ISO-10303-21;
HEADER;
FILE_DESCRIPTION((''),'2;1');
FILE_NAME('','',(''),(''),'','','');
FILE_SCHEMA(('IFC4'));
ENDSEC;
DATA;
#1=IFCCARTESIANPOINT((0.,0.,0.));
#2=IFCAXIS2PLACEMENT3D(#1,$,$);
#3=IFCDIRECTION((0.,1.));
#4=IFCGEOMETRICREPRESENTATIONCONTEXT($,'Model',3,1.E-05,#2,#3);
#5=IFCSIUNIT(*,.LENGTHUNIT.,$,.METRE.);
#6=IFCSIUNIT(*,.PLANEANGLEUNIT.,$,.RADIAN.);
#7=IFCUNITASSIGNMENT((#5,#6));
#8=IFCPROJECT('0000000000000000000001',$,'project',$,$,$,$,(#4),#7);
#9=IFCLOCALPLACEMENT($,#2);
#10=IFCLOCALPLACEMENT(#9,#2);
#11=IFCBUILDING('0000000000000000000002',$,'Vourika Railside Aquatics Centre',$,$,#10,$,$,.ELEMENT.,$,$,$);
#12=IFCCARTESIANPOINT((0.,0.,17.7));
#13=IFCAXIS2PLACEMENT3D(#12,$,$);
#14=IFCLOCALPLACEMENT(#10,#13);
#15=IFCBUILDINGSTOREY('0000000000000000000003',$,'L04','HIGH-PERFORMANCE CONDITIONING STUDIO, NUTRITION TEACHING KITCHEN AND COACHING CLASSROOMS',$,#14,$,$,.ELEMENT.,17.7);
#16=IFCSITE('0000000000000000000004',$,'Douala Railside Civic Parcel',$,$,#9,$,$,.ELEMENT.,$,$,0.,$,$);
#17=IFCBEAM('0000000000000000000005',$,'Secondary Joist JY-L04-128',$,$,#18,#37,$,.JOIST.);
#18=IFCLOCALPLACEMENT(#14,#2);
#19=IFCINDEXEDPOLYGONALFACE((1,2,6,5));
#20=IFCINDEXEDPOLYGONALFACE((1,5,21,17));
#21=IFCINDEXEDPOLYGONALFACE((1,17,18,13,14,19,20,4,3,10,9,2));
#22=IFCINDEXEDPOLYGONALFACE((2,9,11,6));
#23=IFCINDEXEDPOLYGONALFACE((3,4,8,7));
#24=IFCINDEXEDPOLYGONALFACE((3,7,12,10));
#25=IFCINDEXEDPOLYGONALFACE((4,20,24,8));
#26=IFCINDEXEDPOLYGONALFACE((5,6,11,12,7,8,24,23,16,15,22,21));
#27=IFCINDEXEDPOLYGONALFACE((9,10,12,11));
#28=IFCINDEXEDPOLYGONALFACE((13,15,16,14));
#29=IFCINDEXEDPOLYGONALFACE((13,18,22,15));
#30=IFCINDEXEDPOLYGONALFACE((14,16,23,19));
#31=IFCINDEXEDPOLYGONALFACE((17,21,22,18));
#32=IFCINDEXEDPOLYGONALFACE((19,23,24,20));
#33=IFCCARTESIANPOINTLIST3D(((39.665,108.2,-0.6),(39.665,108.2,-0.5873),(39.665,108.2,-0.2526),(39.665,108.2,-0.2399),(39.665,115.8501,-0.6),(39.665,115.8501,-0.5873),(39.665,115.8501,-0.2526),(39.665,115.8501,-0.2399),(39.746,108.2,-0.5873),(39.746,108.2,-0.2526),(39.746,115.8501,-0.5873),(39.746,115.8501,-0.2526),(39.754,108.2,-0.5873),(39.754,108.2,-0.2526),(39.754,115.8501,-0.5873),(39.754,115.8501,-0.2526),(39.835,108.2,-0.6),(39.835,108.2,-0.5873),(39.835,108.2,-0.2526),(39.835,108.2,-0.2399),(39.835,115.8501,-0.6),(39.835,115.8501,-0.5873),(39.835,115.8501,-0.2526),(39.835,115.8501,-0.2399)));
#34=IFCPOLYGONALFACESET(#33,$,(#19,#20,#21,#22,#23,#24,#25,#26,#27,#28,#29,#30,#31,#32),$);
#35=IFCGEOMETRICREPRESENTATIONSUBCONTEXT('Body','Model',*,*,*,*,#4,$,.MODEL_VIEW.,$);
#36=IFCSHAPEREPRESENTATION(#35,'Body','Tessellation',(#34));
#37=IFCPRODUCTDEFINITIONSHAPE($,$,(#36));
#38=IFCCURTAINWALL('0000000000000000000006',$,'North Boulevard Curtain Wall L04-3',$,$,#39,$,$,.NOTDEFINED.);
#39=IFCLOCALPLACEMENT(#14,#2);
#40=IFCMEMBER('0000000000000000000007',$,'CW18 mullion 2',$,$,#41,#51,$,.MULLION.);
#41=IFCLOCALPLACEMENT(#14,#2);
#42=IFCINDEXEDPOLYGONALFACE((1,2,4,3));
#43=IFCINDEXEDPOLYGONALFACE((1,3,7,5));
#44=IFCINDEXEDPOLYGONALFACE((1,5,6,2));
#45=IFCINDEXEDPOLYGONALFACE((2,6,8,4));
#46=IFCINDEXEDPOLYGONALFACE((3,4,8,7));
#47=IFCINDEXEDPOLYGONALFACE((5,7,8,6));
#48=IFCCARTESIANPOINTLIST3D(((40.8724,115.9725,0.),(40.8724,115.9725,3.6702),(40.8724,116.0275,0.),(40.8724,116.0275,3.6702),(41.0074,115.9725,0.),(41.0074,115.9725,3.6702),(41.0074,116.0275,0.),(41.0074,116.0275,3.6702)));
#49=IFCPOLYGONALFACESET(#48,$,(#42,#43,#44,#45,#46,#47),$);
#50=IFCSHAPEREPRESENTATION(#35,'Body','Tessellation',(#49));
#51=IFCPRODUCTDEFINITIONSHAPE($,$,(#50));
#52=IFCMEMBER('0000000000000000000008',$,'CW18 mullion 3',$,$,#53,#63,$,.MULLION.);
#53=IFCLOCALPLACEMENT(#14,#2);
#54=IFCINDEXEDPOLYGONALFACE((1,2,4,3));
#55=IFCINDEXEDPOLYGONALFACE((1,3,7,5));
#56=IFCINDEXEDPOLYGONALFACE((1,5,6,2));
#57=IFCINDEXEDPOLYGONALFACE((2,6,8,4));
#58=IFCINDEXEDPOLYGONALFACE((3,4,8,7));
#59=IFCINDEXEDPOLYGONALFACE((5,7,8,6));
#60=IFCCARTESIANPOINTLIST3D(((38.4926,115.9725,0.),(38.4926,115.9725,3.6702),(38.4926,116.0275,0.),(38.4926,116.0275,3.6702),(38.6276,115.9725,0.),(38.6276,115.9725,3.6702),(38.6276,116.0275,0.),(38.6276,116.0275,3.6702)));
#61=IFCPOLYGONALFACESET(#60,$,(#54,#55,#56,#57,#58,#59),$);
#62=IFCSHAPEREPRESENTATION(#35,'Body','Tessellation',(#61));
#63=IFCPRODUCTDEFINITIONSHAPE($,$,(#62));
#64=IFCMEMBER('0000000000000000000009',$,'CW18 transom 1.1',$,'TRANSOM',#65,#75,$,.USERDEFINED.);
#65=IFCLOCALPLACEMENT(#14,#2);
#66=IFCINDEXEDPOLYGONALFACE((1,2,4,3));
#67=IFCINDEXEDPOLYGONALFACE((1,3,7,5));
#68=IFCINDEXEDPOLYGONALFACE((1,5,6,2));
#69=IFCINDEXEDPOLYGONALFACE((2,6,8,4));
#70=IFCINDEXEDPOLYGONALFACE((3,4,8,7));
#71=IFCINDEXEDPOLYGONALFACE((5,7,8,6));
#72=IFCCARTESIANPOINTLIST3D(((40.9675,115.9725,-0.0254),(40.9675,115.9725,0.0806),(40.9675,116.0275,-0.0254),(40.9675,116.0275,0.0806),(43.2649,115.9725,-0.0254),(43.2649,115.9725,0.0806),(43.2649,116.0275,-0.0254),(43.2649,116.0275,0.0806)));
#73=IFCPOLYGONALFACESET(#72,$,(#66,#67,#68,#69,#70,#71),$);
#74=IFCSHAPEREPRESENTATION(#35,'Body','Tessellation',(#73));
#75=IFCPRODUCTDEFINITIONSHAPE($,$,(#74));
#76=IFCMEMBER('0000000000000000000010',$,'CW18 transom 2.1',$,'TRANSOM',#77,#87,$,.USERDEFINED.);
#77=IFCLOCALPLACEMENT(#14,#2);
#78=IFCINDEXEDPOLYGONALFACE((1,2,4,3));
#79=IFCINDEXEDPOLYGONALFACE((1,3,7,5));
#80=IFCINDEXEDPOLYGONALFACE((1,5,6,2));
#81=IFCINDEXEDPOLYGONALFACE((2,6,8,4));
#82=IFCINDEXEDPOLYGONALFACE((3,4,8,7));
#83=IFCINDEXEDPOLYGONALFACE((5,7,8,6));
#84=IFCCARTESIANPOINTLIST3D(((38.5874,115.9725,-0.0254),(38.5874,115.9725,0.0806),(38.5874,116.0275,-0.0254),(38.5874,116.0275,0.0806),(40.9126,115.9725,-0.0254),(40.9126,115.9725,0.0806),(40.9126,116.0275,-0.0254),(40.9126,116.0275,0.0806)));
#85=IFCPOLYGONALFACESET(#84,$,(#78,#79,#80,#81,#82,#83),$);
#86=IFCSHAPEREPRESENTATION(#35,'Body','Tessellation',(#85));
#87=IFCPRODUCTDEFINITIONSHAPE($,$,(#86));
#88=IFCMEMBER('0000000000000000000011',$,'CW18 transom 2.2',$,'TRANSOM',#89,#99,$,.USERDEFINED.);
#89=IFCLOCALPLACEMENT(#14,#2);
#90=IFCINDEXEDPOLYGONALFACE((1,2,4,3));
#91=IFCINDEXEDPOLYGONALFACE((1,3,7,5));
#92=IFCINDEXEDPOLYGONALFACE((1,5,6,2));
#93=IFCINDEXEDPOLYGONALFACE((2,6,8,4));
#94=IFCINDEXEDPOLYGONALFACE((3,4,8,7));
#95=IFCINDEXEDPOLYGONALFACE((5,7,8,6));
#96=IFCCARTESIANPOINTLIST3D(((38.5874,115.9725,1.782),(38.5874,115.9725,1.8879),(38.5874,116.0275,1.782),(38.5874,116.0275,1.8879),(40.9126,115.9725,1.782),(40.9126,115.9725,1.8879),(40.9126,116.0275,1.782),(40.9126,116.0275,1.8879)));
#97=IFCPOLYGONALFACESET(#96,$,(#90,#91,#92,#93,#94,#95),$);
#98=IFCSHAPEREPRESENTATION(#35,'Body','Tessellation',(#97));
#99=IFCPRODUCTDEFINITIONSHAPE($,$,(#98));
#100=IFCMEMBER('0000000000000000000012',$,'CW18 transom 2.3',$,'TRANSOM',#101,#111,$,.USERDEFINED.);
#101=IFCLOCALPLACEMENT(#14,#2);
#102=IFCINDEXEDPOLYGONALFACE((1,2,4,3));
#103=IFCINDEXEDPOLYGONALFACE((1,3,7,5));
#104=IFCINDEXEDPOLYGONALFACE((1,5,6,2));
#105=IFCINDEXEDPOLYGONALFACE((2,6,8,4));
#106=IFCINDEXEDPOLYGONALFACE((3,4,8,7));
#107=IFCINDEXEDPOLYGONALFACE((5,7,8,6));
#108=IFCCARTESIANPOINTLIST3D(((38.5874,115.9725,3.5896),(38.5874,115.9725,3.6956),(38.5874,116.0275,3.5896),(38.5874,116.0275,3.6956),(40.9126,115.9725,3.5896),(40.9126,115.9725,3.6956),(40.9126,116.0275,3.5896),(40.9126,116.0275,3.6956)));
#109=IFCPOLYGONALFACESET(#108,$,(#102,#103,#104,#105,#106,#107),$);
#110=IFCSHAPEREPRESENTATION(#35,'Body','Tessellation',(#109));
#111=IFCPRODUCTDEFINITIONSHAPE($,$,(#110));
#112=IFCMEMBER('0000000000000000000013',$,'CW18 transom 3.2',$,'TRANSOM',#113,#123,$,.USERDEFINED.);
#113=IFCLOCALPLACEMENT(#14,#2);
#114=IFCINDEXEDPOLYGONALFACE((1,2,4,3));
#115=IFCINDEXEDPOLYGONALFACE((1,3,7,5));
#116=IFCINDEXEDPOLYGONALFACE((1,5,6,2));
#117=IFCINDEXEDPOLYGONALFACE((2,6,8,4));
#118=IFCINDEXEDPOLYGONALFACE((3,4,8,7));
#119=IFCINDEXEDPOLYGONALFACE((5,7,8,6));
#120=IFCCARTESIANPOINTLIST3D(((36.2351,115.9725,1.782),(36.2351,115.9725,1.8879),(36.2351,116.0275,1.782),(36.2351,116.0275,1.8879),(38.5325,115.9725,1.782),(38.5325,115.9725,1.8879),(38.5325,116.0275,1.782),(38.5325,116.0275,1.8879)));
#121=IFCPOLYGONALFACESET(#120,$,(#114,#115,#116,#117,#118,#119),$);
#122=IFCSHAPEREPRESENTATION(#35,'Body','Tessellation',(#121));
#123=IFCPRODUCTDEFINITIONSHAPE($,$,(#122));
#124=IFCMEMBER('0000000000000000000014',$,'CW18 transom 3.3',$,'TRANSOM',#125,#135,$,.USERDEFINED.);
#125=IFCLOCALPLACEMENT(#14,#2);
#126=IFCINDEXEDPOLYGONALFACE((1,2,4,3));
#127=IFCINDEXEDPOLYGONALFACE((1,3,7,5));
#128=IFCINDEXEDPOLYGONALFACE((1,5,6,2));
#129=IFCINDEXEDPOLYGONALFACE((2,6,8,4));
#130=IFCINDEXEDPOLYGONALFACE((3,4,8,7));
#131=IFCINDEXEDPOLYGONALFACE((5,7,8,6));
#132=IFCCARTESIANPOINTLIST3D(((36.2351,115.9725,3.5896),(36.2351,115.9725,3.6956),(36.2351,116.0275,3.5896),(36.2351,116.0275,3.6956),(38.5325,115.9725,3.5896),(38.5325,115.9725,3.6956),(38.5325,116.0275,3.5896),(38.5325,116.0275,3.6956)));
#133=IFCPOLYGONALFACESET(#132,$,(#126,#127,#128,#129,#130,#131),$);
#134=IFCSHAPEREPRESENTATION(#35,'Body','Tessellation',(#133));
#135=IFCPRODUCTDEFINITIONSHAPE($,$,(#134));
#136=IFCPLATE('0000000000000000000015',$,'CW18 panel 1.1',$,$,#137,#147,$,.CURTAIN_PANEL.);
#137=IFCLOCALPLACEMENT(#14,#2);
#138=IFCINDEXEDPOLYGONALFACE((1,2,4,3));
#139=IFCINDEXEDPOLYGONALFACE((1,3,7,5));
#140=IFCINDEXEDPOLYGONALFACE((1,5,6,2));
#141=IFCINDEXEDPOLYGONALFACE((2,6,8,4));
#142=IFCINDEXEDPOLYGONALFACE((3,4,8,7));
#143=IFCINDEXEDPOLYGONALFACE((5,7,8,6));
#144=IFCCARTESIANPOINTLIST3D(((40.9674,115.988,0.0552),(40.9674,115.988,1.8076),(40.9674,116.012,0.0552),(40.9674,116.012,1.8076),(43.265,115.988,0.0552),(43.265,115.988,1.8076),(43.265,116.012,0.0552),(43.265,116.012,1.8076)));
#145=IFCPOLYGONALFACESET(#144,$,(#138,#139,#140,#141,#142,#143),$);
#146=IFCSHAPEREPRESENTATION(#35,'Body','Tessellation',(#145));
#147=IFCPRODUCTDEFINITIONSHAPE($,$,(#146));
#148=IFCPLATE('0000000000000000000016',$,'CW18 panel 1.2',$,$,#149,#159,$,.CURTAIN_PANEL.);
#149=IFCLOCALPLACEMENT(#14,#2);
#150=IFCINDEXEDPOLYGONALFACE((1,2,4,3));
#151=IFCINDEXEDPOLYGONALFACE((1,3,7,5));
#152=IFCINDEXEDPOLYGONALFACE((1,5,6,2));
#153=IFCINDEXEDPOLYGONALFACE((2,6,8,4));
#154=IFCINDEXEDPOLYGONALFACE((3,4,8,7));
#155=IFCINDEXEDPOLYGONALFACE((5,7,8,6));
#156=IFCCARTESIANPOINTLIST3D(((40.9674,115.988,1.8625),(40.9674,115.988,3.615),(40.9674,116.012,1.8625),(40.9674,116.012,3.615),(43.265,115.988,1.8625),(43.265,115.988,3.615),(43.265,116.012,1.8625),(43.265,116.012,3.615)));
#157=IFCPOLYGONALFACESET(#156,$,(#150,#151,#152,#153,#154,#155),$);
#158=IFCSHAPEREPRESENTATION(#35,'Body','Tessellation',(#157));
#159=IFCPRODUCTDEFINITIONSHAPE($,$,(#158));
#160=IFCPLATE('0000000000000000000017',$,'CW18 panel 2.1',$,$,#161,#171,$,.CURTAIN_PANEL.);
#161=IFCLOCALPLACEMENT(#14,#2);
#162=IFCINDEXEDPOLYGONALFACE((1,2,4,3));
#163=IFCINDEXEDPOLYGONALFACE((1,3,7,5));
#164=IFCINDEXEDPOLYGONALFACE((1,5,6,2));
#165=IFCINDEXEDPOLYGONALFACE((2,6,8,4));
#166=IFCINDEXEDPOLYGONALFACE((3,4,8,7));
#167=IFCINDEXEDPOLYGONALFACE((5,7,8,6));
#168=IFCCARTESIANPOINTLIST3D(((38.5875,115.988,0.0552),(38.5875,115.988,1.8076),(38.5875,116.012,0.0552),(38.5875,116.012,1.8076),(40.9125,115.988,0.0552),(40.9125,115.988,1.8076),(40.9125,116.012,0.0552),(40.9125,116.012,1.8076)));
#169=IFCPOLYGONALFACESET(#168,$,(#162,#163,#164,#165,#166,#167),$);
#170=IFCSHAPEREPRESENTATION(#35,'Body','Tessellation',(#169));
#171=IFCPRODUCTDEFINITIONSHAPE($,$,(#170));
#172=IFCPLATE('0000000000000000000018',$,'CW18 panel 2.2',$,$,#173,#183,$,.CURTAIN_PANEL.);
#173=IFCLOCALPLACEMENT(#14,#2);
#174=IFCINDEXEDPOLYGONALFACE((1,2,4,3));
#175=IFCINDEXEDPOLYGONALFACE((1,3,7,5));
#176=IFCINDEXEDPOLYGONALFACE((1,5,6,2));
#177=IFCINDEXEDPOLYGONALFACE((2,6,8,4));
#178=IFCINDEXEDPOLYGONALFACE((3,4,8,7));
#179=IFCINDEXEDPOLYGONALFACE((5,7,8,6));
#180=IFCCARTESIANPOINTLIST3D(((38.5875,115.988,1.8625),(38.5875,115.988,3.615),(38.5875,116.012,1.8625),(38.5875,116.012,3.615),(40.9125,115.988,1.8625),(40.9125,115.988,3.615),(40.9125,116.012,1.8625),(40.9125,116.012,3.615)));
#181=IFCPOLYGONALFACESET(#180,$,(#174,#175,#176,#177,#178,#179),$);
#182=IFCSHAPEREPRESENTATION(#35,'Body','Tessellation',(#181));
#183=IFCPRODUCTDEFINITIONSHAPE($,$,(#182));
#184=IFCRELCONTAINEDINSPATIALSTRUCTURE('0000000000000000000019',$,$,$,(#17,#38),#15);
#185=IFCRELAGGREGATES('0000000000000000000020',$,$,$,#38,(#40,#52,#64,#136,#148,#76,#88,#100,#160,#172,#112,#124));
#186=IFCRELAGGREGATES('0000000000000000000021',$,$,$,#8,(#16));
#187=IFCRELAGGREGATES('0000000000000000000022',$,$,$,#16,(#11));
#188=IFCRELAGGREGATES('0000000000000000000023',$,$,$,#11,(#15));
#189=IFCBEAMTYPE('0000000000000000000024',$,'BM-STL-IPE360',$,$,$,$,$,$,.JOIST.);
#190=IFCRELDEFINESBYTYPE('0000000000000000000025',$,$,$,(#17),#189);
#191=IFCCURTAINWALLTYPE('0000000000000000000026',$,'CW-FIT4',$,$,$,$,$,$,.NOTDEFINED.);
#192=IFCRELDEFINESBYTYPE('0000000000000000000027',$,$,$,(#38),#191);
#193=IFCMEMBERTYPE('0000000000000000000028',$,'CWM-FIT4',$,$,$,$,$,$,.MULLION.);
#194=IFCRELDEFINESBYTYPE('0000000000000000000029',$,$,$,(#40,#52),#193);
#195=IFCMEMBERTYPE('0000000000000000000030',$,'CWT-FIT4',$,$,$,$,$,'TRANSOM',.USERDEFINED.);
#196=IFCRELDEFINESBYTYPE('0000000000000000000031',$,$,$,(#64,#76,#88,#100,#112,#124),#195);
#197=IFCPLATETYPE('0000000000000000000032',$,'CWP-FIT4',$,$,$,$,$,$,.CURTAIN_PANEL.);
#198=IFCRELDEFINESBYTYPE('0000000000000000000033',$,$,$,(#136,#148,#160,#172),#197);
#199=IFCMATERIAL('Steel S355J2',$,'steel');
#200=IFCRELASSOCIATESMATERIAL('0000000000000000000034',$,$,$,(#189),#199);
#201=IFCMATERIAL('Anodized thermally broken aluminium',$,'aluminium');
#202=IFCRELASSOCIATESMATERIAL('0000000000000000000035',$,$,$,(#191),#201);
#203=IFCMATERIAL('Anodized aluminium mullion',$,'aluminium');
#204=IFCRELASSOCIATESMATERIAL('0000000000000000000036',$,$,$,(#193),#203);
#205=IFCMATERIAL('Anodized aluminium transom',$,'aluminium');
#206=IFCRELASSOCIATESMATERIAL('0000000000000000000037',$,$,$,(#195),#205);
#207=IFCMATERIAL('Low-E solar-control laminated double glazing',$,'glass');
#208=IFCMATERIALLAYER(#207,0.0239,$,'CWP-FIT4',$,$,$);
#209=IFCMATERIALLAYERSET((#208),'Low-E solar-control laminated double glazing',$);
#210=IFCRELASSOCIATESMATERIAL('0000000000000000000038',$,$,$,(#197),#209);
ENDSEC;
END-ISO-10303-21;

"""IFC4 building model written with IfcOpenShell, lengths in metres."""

from ifc_helpers import new_model, si_unit, direction, frame, origin, origin_2d, place, context, subcontext, project, spatial, rectangle, i_section, extrude, material, layer, layer_set, material_profile, profile_set, type_object, element, aggregate, save


model = new_model("IFC4")

# Units and contexts
model_context = context("Model", 3, precision=1e-05, world=origin(), true_north=direction((0.0, 1.0)))
body_context = subcontext(model_context, "Body", "Model", "MODEL_VIEW")
ifc_project = project(units=[si_unit("LENGTHUNIT", "METRE"), si_unit("PLANEANGLEUNIT", "RADIAN")], contexts=[model_context])

# Site, building, storey
site_placement = place(None, origin())
site = spatial("IfcSite", under=ifc_project, at=site_placement, Name="Douala Railside Civic Parcel", CompositionType="ELEMENT", RefElevation=0.0)
building_placement = place(site_placement, origin())
building = spatial("IfcBuilding", under=site, at=building_placement, Name="Vourika Railside Aquatics Centre", CompositionType="ELEMENT")
storey_placement = place(building_placement, frame((0.0, 0.0, 17.7)))
storey = spatial("IfcBuildingStorey", under=building, at=storey_placement, Name="L04", Description="HIGH-PERFORMANCE CONDITIONING STUDIO, NUTRITION TEACHING KITCHEN AND COACHING CLASSROOMS", CompositionType="ELEMENT", Elevation=17.7)

# Beam
ifc_material_1 = material(Name="Steel S355J2", Category="steel")
ifc_material_profile_1 = material_profile(ifc_material_1, i_section(OverallWidth=0.1699, OverallDepth=0.3601, WebThickness=0.0081, FlangeThickness=0.0127, at=origin_2d()), Name="IPE 360")
ifc_profile_set_1 = profile_set([ifc_material_profile_1], Name="Steel S355J2")
beam_type = type_object("IfcBeamType", Name="BM-STL-IPE360", PredefinedType="JOIST", material=ifc_profile_set_1)
beam_placement = place(storey_placement, frame((39.75, 108.2, -0.4199), z_axis=(0.0, 1.0, 0.0), x_axis=(-1.0, 0.0, 0.0)))
element("IfcBeam", 1, at=beam_placement, inside=storey, type_object=beam_type, Name="Secondary Joist JY-L04-128", PredefinedType="JOIST", context=body_context, shape_type="SweptSolid", body=[
    extrude(i_section(OverallWidth=0.1699, OverallDepth=0.3601, WebThickness=0.0081, FlangeThickness=0.0127, at=origin_2d()), origin(), (0.0, 0.0, 1.0), 7.6501),
])

# Curtain wall, members, plates
ifc_material_2 = material(Name="Anodized thermally broken aluminium", Category="aluminium")
curtain_wall_type = type_object("IfcCurtainWallType", Name="CW-FIT4", PredefinedType="NOTDEFINED", material=ifc_material_2)
curtain_wall_placement = place(storey_placement, origin())
curtain_wall = element("IfcCurtainWall", 2, at=curtain_wall_placement, inside=storey, type_object=curtain_wall_type, Name="North Boulevard Curtain Wall L04-3", PredefinedType="NOTDEFINED")
ifc_material_3 = material(Name="Anodized aluminium mullion", Category="aluminium")
ifc_material_profile_2 = material_profile(ifc_material_3, rectangle(XDim=0.0549, YDim=0.135, at=origin_2d()), Name="ALU-M 55x135")
ifc_profile_set_2 = profile_set([ifc_material_profile_2], Name="Anodized aluminium mullion")
member_type_1 = type_object("IfcMemberType", Name="CWM-FIT4", PredefinedType="MULLION", material=ifc_profile_set_2)
member_1_placement = place(storey_placement, frame((40.9399, 116.0, 0.0), z_axis=(0.0, 0.0, 1.0), x_axis=(0.0, -1.0, 0.0)))
member_1 = element("IfcMember", 3, at=member_1_placement, type_object=member_type_1, Name="CW18 mullion 2", PredefinedType="MULLION", context=body_context, shape_type="SweptSolid", body=[
    extrude(rectangle(XDim=0.0549, YDim=0.135, at=origin_2d()), origin(), (0.0, 0.0, 1.0), 3.6702),
])
member_2_placement = place(storey_placement, frame((38.5601, 116.0, 0.0), z_axis=(0.0, 0.0, 1.0), x_axis=(0.0, -1.0, 0.0)))
member_2 = element("IfcMember", 4, at=member_2_placement, type_object=member_type_1, Name="CW18 mullion 3", PredefinedType="MULLION", context=body_context, shape_type="SweptSolid", body=[
    extrude(rectangle(XDim=0.0549, YDim=0.135, at=origin_2d()), origin(), (0.0, 0.0, 1.0), 3.6702),
])
ifc_material_4 = material(Name="Anodized aluminium transom", Category="aluminium")
ifc_material_profile_3 = material_profile(ifc_material_4, rectangle(XDim=0.0549, YDim=0.106, at=origin_2d()), Name="ALU-T 55x106")
ifc_profile_set_3 = profile_set([ifc_material_profile_3], Name="Anodized aluminium transom")
member_type_2 = type_object("IfcMemberType", Name="CWT-FIT4", ElementType="TRANSOM", PredefinedType="USERDEFINED", material=ifc_profile_set_3)
member_3_placement = place(storey_placement, frame((43.2649, 116.0, 0.0276), z_axis=(-1.0, 0.0, 0.0), x_axis=(0.0, -1.0, 0.0)))
member_3 = element("IfcMember", 5, at=member_3_placement, type_object=member_type_2, Name="CW18 transom 1.1", ObjectType="TRANSOM", PredefinedType="USERDEFINED", context=body_context, shape_type="SweptSolid", body=[
    extrude(rectangle(XDim=0.0549, YDim=0.106, at=origin_2d()), origin(), (0.0, 0.0, 1.0), 2.2974),
])
member_4_placement = place(storey_placement, frame((40.9126, 116.0, 0.0276), z_axis=(-1.0, 0.0, 0.0), x_axis=(0.0, -1.0, 0.0)))
member_4 = element("IfcMember", 6, at=member_4_placement, type_object=member_type_2, Name="CW18 transom 2.1", ObjectType="TRANSOM", PredefinedType="USERDEFINED", context=body_context, shape_type="SweptSolid", body=[
    extrude(rectangle(XDim=0.0549, YDim=0.106, at=origin_2d()), origin(), (0.0, 0.0, 1.0), 2.3252),
])
member_5_placement = place(storey_placement, frame((40.9126, 116.0, 1.835), z_axis=(-1.0, 0.0, 0.0), x_axis=(0.0, -1.0, 0.0)))
member_5 = element("IfcMember", 7, at=member_5_placement, type_object=member_type_2, Name="CW18 transom 2.2", ObjectType="TRANSOM", PredefinedType="USERDEFINED", context=body_context, shape_type="SweptSolid", body=[
    extrude(rectangle(XDim=0.0549, YDim=0.106, at=origin_2d()), origin(), (0.0, 0.0, 1.0), 2.3252),
])
member_6_placement = place(storey_placement, frame((40.9126, 116.0, 3.6426), z_axis=(-1.0, 0.0, 0.0), x_axis=(0.0, -1.0, 0.0)))
member_6 = element("IfcMember", 8, at=member_6_placement, type_object=member_type_2, Name="CW18 transom 2.3", ObjectType="TRANSOM", PredefinedType="USERDEFINED", context=body_context, shape_type="SweptSolid", body=[
    extrude(rectangle(XDim=0.0549, YDim=0.106, at=origin_2d()), origin(), (0.0, 0.0, 1.0), 2.3252),
])
member_7_placement = place(storey_placement, frame((38.5325, 116.0, 1.835), z_axis=(-1.0, 0.0, 0.0), x_axis=(0.0, -1.0, 0.0)))
member_7 = element("IfcMember", 9, at=member_7_placement, type_object=member_type_2, Name="CW18 transom 3.2", ObjectType="TRANSOM", PredefinedType="USERDEFINED", context=body_context, shape_type="SweptSolid", body=[
    extrude(rectangle(XDim=0.0549, YDim=0.106, at=origin_2d()), origin(), (0.0, 0.0, 1.0), 2.2974),
])
member_8_placement = place(storey_placement, frame((38.5325, 116.0, 3.6426), z_axis=(-1.0, 0.0, 0.0), x_axis=(0.0, -1.0, 0.0)))
member_8 = element("IfcMember", 10, at=member_8_placement, type_object=member_type_2, Name="CW18 transom 3.3", ObjectType="TRANSOM", PredefinedType="USERDEFINED", context=body_context, shape_type="SweptSolid", body=[
    extrude(rectangle(XDim=0.0549, YDim=0.106, at=origin_2d()), origin(), (0.0, 0.0, 1.0), 2.2974),
])
ifc_material_5 = material(Name="Low-E solar-control laminated double glazing", Category="glass")
ifc_layer_1 = layer(ifc_material_5, 0.0239, Name="CWP-FIT4")
ifc_layer_set_1 = layer_set([ifc_layer_1], Name="Low-E solar-control laminated double glazing")
plate_type = type_object("IfcPlateType", Name="CWP-FIT4", PredefinedType="CURTAIN_PANEL", material=ifc_layer_set_1)
plate_1_placement = place(storey_placement, frame((42.1162, 116.0, 0.0552), z_axis=(0.0, 0.0, 1.0), x_axis=(-1.0, 0.0, 0.0)))
plate_1 = element("IfcPlate", 11, at=plate_1_placement, type_object=plate_type, Name="CW18 panel 1.1", PredefinedType="CURTAIN_PANEL", context=body_context, shape_type="SweptSolid", body=[
    extrude(rectangle(XDim=2.2976, YDim=0.0239, at=origin_2d()), origin(), (0.0, 0.0, 1.0), 1.7524),
])
plate_2_placement = place(storey_placement, frame((42.1162, 116.0, 1.8625), z_axis=(0.0, 0.0, 1.0), x_axis=(-1.0, 0.0, 0.0)))
plate_2 = element("IfcPlate", 12, at=plate_2_placement, type_object=plate_type, Name="CW18 panel 1.2", PredefinedType="CURTAIN_PANEL", context=body_context, shape_type="SweptSolid", body=[
    extrude(rectangle(XDim=2.2976, YDim=0.0239, at=origin_2d()), origin(), (0.0, 0.0, 1.0), 1.7524),
])
plate_3_placement = place(storey_placement, frame((39.75, 116.0, 0.0552), z_axis=(0.0, 0.0, 1.0), x_axis=(-1.0, 0.0, 0.0)))
plate_3 = element("IfcPlate", 13, at=plate_3_placement, type_object=plate_type, Name="CW18 panel 2.1", PredefinedType="CURTAIN_PANEL", context=body_context, shape_type="SweptSolid", body=[
    extrude(rectangle(XDim=2.325, YDim=0.0239, at=origin_2d()), origin(), (0.0, 0.0, 1.0), 1.7524),
])
plate_4_placement = place(storey_placement, frame((39.75, 116.0, 1.8625), z_axis=(0.0, 0.0, 1.0), x_axis=(-1.0, 0.0, 0.0)))
plate_4 = element("IfcPlate", 14, at=plate_4_placement, type_object=plate_type, Name="CW18 panel 2.2", PredefinedType="CURTAIN_PANEL", context=body_context, shape_type="SweptSolid", body=[
    extrude(rectangle(XDim=2.325, YDim=0.0239, at=origin_2d()), origin(), (0.0, 0.0, 1.0), 1.7524),
])
aggregate(curtain_wall, [member_1, member_2, member_3, plate_1, plate_2, member_4, member_5, member_6, plate_3, plate_4, member_7, member_8])

save(model, "model.ifc")
